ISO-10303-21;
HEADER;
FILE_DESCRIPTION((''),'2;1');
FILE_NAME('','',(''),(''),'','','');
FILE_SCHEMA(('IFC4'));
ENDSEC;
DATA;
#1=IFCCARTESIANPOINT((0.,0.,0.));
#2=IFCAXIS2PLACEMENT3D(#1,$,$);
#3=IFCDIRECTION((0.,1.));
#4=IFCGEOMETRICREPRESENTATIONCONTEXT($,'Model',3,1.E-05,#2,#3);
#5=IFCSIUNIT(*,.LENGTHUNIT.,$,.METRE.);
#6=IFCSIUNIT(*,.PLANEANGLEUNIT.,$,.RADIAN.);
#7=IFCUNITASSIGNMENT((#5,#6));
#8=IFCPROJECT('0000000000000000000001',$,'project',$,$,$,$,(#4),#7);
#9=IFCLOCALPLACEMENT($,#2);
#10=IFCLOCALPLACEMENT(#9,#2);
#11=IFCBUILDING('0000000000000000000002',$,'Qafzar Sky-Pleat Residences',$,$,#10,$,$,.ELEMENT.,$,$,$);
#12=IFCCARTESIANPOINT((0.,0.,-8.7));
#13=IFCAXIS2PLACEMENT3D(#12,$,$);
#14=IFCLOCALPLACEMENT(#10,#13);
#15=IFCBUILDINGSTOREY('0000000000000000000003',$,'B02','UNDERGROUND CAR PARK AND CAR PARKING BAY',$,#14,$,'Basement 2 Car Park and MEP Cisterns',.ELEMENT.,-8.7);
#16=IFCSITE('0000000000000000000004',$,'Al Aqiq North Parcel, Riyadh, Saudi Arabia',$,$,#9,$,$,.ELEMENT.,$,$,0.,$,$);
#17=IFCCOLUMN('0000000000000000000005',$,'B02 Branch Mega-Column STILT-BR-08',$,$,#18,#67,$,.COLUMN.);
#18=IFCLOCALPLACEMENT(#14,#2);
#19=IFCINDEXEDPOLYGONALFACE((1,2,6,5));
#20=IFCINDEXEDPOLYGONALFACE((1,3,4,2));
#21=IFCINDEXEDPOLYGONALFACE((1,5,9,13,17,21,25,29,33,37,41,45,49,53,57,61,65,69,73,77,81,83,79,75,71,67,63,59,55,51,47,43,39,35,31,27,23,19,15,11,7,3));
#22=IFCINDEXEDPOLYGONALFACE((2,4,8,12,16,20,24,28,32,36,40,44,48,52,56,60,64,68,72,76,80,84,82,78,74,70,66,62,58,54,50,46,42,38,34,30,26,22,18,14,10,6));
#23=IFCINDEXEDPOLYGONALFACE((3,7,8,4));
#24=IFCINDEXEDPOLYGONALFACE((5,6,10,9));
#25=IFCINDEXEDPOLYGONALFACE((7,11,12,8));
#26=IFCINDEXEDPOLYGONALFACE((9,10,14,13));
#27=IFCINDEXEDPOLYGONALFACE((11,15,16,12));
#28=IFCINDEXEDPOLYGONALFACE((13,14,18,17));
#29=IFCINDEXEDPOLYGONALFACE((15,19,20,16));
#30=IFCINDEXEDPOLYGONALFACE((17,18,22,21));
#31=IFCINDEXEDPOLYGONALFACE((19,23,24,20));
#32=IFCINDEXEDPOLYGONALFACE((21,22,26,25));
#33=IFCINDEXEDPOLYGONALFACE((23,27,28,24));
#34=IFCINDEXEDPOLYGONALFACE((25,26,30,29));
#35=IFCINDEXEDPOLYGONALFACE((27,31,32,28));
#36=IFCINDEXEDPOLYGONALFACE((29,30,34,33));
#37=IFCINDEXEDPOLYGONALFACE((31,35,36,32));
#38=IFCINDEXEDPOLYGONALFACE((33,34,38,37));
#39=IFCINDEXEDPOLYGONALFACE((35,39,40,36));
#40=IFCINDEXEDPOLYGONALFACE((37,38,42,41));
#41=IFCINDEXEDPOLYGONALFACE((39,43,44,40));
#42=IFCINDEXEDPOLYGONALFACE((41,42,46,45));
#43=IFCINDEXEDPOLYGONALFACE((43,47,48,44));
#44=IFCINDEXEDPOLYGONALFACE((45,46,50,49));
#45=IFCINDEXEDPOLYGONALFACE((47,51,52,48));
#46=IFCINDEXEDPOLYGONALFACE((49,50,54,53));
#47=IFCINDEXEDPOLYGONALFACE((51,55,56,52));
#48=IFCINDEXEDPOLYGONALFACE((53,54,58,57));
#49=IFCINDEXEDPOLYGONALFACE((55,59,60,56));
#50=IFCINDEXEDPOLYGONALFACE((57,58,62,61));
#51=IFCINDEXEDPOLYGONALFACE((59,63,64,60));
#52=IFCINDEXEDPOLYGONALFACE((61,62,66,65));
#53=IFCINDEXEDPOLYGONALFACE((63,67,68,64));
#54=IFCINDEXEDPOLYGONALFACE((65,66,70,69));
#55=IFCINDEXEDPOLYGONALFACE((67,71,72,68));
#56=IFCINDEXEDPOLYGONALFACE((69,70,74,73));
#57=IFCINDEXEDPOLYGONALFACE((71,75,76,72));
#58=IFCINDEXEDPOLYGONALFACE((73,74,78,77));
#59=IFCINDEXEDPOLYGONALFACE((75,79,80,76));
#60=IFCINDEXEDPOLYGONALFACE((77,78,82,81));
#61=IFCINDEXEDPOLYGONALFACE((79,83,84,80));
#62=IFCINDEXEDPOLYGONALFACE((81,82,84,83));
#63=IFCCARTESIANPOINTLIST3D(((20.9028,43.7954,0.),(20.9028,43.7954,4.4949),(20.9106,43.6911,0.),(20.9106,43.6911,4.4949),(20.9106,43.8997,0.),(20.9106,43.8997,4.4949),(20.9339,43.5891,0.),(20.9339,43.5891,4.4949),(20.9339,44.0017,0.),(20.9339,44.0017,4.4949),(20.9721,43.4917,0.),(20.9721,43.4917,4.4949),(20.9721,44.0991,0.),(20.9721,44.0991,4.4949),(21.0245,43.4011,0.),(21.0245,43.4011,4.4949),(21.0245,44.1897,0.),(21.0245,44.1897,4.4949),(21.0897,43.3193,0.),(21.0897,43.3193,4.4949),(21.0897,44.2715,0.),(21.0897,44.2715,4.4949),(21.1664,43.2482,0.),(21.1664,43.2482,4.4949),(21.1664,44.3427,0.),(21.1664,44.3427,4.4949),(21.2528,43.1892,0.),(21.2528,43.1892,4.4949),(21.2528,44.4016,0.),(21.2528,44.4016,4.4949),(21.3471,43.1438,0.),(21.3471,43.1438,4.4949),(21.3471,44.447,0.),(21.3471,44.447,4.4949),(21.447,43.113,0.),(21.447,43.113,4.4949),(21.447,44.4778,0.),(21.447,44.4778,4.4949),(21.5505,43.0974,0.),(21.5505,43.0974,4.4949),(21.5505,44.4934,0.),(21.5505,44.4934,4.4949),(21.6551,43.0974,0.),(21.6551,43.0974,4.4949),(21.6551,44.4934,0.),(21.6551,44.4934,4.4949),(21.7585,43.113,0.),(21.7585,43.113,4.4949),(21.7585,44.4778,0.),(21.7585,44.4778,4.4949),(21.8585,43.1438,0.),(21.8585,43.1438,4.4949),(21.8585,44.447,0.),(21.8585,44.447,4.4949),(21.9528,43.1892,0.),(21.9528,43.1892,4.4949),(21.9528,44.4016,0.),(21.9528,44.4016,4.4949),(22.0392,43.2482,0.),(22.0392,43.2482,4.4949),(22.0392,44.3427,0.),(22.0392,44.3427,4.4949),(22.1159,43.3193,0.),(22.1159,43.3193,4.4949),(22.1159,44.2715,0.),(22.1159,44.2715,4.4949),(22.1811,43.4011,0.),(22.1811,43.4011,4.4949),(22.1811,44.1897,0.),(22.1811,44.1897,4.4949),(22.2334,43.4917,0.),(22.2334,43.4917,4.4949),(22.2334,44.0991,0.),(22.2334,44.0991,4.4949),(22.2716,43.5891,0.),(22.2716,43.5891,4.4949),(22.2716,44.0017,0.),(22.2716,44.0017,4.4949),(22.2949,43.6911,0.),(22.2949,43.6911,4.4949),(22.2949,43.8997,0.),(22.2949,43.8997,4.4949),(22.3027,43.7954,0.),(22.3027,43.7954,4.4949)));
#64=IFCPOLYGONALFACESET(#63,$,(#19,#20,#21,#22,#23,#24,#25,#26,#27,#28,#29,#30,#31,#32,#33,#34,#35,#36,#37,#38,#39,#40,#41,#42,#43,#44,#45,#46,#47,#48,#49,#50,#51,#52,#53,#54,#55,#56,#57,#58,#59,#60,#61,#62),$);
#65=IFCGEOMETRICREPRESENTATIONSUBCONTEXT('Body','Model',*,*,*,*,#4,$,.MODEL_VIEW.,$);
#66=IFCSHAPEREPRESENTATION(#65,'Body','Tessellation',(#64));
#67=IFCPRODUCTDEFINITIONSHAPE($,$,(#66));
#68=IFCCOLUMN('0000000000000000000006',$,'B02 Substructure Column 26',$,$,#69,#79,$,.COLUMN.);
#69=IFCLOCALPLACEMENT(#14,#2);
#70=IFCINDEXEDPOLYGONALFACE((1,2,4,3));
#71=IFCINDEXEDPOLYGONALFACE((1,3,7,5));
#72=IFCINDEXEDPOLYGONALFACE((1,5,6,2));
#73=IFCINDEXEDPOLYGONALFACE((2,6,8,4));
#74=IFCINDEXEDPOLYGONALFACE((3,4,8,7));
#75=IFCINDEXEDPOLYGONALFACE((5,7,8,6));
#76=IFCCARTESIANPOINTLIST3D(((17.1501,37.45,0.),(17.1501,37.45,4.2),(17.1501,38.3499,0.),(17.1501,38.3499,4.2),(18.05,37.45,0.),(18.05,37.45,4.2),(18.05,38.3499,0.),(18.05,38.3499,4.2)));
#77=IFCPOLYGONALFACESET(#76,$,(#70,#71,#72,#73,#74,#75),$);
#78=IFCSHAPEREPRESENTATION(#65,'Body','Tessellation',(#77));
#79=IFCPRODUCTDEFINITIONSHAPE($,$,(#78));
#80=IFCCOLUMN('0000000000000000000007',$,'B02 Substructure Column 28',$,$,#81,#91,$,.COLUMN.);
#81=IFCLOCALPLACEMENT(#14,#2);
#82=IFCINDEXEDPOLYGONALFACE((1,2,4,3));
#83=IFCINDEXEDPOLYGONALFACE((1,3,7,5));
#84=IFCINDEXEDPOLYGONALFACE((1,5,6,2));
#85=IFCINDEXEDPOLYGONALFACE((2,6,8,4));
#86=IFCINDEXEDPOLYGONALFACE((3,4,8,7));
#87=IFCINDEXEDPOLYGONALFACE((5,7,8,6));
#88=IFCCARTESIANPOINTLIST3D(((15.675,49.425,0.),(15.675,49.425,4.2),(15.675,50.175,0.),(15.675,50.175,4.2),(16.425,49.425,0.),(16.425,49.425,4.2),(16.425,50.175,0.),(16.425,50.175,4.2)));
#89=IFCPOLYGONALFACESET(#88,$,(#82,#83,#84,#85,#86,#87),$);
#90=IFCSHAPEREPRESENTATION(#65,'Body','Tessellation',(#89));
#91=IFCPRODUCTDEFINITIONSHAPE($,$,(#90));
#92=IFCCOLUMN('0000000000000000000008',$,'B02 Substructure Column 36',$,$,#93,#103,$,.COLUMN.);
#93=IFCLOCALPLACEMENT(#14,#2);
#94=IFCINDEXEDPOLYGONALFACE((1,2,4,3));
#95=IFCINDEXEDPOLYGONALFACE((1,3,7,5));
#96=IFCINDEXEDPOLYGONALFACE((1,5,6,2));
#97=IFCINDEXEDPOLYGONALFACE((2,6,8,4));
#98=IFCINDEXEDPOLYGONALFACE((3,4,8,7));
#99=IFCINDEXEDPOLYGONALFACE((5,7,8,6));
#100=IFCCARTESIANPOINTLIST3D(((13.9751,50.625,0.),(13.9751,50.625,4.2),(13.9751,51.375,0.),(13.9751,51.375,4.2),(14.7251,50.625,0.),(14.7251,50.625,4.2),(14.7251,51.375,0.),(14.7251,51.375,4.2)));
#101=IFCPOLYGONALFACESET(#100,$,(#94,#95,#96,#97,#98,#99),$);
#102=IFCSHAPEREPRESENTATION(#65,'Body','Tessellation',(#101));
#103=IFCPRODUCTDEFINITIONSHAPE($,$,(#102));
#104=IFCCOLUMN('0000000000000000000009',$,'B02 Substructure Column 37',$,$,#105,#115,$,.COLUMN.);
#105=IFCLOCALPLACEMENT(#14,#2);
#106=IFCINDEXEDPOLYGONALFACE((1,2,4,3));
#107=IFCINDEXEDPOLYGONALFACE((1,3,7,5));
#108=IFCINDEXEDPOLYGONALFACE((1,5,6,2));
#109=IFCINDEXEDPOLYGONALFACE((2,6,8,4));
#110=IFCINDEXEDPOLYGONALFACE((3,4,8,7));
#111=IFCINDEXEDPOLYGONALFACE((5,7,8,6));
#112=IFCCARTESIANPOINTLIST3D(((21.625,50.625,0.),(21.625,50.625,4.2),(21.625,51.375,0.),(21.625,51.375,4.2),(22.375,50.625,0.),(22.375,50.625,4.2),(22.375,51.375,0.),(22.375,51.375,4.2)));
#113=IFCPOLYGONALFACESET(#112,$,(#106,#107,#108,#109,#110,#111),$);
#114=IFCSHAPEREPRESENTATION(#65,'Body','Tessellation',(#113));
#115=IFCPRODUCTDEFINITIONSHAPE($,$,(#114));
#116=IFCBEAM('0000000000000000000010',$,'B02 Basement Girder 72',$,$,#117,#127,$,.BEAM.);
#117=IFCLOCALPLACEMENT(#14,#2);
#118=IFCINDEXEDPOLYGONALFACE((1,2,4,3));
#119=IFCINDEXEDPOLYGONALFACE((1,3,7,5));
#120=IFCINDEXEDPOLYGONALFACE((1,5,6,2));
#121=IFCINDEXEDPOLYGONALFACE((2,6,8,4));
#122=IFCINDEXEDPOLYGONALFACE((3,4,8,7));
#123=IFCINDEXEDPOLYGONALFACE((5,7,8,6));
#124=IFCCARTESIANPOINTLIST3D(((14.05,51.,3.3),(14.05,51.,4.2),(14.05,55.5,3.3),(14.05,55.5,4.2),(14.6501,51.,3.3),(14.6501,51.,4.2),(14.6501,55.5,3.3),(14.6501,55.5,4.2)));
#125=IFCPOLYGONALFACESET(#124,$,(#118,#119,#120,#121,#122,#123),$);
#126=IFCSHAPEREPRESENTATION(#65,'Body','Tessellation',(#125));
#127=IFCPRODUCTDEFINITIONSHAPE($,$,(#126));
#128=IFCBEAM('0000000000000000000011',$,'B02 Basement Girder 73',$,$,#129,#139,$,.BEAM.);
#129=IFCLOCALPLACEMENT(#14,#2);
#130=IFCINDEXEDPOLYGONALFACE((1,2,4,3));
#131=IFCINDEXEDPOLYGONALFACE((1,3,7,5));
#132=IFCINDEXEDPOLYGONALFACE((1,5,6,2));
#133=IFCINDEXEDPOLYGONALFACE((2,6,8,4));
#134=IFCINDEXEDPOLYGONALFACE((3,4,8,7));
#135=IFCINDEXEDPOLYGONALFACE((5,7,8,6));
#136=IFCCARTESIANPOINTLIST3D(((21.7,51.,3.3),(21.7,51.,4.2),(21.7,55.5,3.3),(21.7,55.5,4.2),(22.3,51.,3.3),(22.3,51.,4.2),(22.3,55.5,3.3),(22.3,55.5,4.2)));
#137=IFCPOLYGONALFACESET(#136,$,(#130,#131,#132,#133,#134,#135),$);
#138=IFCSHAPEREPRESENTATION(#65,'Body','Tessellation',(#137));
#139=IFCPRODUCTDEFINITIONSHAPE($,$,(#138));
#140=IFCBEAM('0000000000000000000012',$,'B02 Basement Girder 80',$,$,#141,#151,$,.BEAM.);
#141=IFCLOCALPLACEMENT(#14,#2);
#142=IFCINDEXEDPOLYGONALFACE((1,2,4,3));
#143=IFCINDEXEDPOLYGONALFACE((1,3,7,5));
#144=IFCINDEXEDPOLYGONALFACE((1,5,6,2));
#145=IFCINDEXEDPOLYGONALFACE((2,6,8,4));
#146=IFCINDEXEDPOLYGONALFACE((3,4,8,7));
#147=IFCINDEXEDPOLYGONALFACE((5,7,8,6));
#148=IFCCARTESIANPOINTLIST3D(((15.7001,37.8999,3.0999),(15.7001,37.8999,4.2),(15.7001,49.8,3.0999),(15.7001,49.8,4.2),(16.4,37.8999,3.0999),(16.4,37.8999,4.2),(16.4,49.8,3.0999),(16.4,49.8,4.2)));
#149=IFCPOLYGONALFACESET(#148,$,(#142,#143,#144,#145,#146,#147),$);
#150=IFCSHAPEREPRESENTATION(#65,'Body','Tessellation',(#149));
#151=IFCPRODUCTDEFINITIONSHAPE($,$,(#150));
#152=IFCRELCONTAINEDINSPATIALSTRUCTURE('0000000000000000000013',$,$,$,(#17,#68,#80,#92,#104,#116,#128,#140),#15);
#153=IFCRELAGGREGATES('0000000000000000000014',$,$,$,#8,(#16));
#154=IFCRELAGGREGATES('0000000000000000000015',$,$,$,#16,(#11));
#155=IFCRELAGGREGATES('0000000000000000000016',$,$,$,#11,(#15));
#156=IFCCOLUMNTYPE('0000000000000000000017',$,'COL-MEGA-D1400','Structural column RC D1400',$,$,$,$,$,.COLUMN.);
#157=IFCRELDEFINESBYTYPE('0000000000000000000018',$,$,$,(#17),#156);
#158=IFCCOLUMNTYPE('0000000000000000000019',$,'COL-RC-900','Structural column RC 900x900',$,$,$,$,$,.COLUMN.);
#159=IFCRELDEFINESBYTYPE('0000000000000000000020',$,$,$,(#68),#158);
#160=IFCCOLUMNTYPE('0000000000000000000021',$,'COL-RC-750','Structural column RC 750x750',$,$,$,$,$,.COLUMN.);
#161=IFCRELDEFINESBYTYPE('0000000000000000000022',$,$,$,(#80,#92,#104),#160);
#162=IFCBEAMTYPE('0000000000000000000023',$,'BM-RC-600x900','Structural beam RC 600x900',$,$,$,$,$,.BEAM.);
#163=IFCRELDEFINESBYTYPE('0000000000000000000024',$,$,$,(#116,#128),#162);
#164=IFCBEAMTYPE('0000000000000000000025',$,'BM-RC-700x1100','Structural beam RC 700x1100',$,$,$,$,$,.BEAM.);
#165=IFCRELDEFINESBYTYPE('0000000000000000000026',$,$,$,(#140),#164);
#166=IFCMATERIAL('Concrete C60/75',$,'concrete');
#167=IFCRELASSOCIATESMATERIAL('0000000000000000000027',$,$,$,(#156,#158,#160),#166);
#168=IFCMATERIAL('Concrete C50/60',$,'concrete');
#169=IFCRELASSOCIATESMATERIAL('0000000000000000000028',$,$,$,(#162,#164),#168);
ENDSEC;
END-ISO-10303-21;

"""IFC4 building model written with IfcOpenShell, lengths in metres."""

from ifc_helpers import new_model, si_unit, direction, frame, origin, origin_2d, place, context, subcontext, project, spatial, rectangle, circle, extrude, source, transform, mapped, material, material_profile, profile_set, type_object, element, save


model = new_model("IFC4")

# Units and contexts
model_context = context("Model", 3, precision=1e-05, world=origin(), true_north=direction((0.0, 1.0)))
body_context = subcontext(model_context, "Body", "Model", "MODEL_VIEW")
ifc_project = project(units=[si_unit("LENGTHUNIT", "METRE"), si_unit("PLANEANGLEUNIT", "RADIAN")], contexts=[model_context])

# Site, building, storey
site_placement = place(None, origin())
site = spatial("IfcSite", under=ifc_project, at=site_placement, Name="Al Aqiq North Parcel, Riyadh, Saudi Arabia", CompositionType="ELEMENT", RefElevation=0.0)
building_placement = place(site_placement, origin())
building = spatial("IfcBuilding", under=site, at=building_placement, Name="Qafzar Sky-Pleat Residences", CompositionType="ELEMENT")
storey_placement = place(building_placement, frame((0.0, 0.0, -8.7)))
storey = spatial("IfcBuildingStorey", under=building, at=storey_placement, Name="B02", Description="UNDERGROUND CAR PARK AND CAR PARKING BAY", LongName="Basement 2 Car Park and MEP Cisterns", CompositionType="ELEMENT", Elevation=-8.7)

# Shared definitions
ifc_material_1 = material(Name="Concrete C50/60", Category="concrete")

# Columns
ifc_material_2 = material(Name="Concrete C60/75", Category="concrete")
ifc_material_profile_1 = material_profile(ifc_material_2, circle(Radius=0.7, at=origin_2d()), Name="RC D1400")
ifc_profile_set_1 = profile_set([ifc_material_profile_1], Name="Concrete C60/75")
column_type_1 = type_object("IfcColumnType", Name="COL-MEGA-D1400", Description="Structural column RC D1400", PredefinedType="COLUMN", material=ifc_profile_set_1)
shared_shape_1 = source(origin(), body_context, "Body", "SweptSolid", [
    extrude(circle(Radius=0.7, at=origin_2d()), origin(), (0.0, 0.0, 1.0), 4.4949),
])
column_1_placement = place(storey_placement, frame((21.6028, 43.7954, 0.0), z_axis=(0.0, 0.0, 1.0), x_axis=(1.0, 0.0, 0.0)))
element("IfcColumn", 1, at=column_1_placement, inside=storey, type_object=column_type_1, Name="B02 Branch Mega-Column STILT-BR-08", PredefinedType="COLUMN", context=body_context, shape_type="MappedRepresentation", body=[
    mapped(shared_shape_1, transform((0.0, 0.0, 0.0), x_axis=(1.0, 0.0, 0.0), y_axis=(0.0, 1.0, 0.0), z_axis=(0.0, 0.0, 1.0), scale=1.0)),
])
ifc_material_profile_2 = material_profile(ifc_material_2, rectangle(XDim=0.8999, YDim=0.8999, at=origin_2d()), Name="RC 900x900")
ifc_profile_set_2 = profile_set([ifc_material_profile_2], Name="Concrete C60/75")
column_type_2 = type_object("IfcColumnType", Name="COL-RC-900", Description="Structural column RC 900x900", PredefinedType="COLUMN", material=ifc_profile_set_2)
shared_shape_2 = source(origin(), body_context, "Body", "SweptSolid", [
    extrude(rectangle(XDim=0.8999, YDim=0.8999, at=origin_2d()), origin(), (0.0, 0.0, 1.0), 4.2),
])
column_2_placement = place(storey_placement, frame((17.6001, 37.8999, 0.0), z_axis=(0.0, 0.0, 1.0), x_axis=(1.0, 0.0, 0.0)))
element("IfcColumn", 2, at=column_2_placement, inside=storey, type_object=column_type_2, Name="B02 Substructure Column 26", PredefinedType="COLUMN", context=body_context, shape_type="MappedRepresentation", body=[
    mapped(shared_shape_2, transform((0.0, 0.0, 0.0), x_axis=(1.0, 0.0, 0.0), y_axis=(0.0, 1.0, 0.0), z_axis=(0.0, 0.0, 1.0), scale=1.0)),
])
ifc_material_profile_3 = material_profile(ifc_material_2, rectangle(XDim=0.75, YDim=0.75, at=origin_2d()), Name="RC 750x750")
ifc_profile_set_3 = profile_set([ifc_material_profile_3], Name="Concrete C60/75")
column_type_3 = type_object("IfcColumnType", Name="COL-RC-750", Description="Structural column RC 750x750", PredefinedType="COLUMN", material=ifc_profile_set_3)
shared_shape_3 = source(origin(), body_context, "Body", "SweptSolid", [
    extrude(rectangle(XDim=0.75, YDim=0.75, at=origin_2d()), origin(), (0.0, 0.0, 1.0), 4.2),
])
for number, where, z_axis, x_axis, name in (
    (3, (16.05, 49.8, 0.0), (0.0, 0.0, 1.0), (1.0, 0.0, 0.0), "B02 Substructure Column 28"),
    (4, (14.3501, 51.0, 0.0), (0.0, 0.0, 1.0), (1.0, 0.0, 0.0), "B02 Substructure Column 36"),
    (5, (22.0, 51.0, 0.0), (0.0, 0.0, 1.0), (1.0, 0.0, 0.0), "B02 Substructure Column 37"),
):
    element("IfcColumn", number, at=place(storey_placement, frame(where, z_axis=z_axis, x_axis=x_axis)), inside=storey, type_object=column_type_3, Name=name, PredefinedType="COLUMN", context=body_context, shape_type="MappedRepresentation", body=[
        mapped(shared_shape_3, transform((0.0, 0.0, 0.0), x_axis=(1.0, 0.0, 0.0), y_axis=(0.0, 1.0, 0.0), z_axis=(0.0, 0.0, 1.0), scale=1.0)),
    ])

# Beams
ifc_material_profile_4 = material_profile(ifc_material_1, rectangle(XDim=0.6001, YDim=0.8999, at=origin_2d()), Name="RC 600x900")
ifc_profile_set_4 = profile_set([ifc_material_profile_4], Name="Concrete C50/60")
beam_type_1 = type_object("IfcBeamType", Name="BM-RC-600x900", Description="Structural beam RC 600x900", PredefinedType="BEAM", material=ifc_profile_set_4)
shared_shape_4 = source(origin(), body_context, "Body", "SweptSolid", [
    extrude(rectangle(XDim=0.6001, YDim=0.8999, at=origin_2d()), origin(), (0.0, 0.0, 1.0), 4.5),
])
for number, where, z_axis, x_axis, name in (
    (6, (14.3501, 51.0, 3.75), (0.0, 1.0, 0.0), (-1.0, 0.0, 0.0), "B02 Basement Girder 72"),
    (7, (22.0, 51.0, 3.75), (0.0, 1.0, 0.0), (-1.0, 0.0, 0.0), "B02 Basement Girder 73"),
):
    element("IfcBeam", number, at=place(storey_placement, frame(where, z_axis=z_axis, x_axis=x_axis)), inside=storey, type_object=beam_type_1, Name=name, PredefinedType="BEAM", context=body_context, shape_type="MappedRepresentation", body=[
        mapped(shared_shape_4, transform((0.0, 0.0, 0.0), x_axis=(1.0, 0.0, 0.0), y_axis=(0.0, 1.0, 0.0), z_axis=(0.0, 0.0, 1.0), scale=1.0)),
    ])
ifc_material_profile_5 = material_profile(ifc_material_1, rectangle(XDim=0.7, YDim=1.1001, at=origin_2d()), Name="RC 700x1100")
ifc_profile_set_5 = profile_set([ifc_material_profile_5], Name="Concrete C50/60")
beam_type_2 = type_object("IfcBeamType", Name="BM-RC-700x1100", Description="Structural beam RC 700x1100", PredefinedType="BEAM", material=ifc_profile_set_5)
shared_shape_5 = source(origin(), body_context, "Body", "SweptSolid", [
    extrude(rectangle(XDim=0.7, YDim=1.1001, at=origin_2d()), origin(), (0.0, 0.0, 1.0), 11.9001),
])
beam_1_placement = place(storey_placement, frame((16.05, 37.8999, 3.6499), z_axis=(0.0, 1.0, 0.0), x_axis=(-1.0, 0.0, 0.0)))
element("IfcBeam", 8, at=beam_1_placement, inside=storey, type_object=beam_type_2, Name="B02 Basement Girder 80", PredefinedType="BEAM", context=body_context, shape_type="MappedRepresentation", body=[
    mapped(shared_shape_5, transform((0.0, 0.0, 0.0), x_axis=(1.0, 0.0, 0.0), y_axis=(0.0, 1.0, 0.0), z_axis=(0.0, 0.0, 1.0), scale=1.0)),
])

save(model, "model.ifc")
